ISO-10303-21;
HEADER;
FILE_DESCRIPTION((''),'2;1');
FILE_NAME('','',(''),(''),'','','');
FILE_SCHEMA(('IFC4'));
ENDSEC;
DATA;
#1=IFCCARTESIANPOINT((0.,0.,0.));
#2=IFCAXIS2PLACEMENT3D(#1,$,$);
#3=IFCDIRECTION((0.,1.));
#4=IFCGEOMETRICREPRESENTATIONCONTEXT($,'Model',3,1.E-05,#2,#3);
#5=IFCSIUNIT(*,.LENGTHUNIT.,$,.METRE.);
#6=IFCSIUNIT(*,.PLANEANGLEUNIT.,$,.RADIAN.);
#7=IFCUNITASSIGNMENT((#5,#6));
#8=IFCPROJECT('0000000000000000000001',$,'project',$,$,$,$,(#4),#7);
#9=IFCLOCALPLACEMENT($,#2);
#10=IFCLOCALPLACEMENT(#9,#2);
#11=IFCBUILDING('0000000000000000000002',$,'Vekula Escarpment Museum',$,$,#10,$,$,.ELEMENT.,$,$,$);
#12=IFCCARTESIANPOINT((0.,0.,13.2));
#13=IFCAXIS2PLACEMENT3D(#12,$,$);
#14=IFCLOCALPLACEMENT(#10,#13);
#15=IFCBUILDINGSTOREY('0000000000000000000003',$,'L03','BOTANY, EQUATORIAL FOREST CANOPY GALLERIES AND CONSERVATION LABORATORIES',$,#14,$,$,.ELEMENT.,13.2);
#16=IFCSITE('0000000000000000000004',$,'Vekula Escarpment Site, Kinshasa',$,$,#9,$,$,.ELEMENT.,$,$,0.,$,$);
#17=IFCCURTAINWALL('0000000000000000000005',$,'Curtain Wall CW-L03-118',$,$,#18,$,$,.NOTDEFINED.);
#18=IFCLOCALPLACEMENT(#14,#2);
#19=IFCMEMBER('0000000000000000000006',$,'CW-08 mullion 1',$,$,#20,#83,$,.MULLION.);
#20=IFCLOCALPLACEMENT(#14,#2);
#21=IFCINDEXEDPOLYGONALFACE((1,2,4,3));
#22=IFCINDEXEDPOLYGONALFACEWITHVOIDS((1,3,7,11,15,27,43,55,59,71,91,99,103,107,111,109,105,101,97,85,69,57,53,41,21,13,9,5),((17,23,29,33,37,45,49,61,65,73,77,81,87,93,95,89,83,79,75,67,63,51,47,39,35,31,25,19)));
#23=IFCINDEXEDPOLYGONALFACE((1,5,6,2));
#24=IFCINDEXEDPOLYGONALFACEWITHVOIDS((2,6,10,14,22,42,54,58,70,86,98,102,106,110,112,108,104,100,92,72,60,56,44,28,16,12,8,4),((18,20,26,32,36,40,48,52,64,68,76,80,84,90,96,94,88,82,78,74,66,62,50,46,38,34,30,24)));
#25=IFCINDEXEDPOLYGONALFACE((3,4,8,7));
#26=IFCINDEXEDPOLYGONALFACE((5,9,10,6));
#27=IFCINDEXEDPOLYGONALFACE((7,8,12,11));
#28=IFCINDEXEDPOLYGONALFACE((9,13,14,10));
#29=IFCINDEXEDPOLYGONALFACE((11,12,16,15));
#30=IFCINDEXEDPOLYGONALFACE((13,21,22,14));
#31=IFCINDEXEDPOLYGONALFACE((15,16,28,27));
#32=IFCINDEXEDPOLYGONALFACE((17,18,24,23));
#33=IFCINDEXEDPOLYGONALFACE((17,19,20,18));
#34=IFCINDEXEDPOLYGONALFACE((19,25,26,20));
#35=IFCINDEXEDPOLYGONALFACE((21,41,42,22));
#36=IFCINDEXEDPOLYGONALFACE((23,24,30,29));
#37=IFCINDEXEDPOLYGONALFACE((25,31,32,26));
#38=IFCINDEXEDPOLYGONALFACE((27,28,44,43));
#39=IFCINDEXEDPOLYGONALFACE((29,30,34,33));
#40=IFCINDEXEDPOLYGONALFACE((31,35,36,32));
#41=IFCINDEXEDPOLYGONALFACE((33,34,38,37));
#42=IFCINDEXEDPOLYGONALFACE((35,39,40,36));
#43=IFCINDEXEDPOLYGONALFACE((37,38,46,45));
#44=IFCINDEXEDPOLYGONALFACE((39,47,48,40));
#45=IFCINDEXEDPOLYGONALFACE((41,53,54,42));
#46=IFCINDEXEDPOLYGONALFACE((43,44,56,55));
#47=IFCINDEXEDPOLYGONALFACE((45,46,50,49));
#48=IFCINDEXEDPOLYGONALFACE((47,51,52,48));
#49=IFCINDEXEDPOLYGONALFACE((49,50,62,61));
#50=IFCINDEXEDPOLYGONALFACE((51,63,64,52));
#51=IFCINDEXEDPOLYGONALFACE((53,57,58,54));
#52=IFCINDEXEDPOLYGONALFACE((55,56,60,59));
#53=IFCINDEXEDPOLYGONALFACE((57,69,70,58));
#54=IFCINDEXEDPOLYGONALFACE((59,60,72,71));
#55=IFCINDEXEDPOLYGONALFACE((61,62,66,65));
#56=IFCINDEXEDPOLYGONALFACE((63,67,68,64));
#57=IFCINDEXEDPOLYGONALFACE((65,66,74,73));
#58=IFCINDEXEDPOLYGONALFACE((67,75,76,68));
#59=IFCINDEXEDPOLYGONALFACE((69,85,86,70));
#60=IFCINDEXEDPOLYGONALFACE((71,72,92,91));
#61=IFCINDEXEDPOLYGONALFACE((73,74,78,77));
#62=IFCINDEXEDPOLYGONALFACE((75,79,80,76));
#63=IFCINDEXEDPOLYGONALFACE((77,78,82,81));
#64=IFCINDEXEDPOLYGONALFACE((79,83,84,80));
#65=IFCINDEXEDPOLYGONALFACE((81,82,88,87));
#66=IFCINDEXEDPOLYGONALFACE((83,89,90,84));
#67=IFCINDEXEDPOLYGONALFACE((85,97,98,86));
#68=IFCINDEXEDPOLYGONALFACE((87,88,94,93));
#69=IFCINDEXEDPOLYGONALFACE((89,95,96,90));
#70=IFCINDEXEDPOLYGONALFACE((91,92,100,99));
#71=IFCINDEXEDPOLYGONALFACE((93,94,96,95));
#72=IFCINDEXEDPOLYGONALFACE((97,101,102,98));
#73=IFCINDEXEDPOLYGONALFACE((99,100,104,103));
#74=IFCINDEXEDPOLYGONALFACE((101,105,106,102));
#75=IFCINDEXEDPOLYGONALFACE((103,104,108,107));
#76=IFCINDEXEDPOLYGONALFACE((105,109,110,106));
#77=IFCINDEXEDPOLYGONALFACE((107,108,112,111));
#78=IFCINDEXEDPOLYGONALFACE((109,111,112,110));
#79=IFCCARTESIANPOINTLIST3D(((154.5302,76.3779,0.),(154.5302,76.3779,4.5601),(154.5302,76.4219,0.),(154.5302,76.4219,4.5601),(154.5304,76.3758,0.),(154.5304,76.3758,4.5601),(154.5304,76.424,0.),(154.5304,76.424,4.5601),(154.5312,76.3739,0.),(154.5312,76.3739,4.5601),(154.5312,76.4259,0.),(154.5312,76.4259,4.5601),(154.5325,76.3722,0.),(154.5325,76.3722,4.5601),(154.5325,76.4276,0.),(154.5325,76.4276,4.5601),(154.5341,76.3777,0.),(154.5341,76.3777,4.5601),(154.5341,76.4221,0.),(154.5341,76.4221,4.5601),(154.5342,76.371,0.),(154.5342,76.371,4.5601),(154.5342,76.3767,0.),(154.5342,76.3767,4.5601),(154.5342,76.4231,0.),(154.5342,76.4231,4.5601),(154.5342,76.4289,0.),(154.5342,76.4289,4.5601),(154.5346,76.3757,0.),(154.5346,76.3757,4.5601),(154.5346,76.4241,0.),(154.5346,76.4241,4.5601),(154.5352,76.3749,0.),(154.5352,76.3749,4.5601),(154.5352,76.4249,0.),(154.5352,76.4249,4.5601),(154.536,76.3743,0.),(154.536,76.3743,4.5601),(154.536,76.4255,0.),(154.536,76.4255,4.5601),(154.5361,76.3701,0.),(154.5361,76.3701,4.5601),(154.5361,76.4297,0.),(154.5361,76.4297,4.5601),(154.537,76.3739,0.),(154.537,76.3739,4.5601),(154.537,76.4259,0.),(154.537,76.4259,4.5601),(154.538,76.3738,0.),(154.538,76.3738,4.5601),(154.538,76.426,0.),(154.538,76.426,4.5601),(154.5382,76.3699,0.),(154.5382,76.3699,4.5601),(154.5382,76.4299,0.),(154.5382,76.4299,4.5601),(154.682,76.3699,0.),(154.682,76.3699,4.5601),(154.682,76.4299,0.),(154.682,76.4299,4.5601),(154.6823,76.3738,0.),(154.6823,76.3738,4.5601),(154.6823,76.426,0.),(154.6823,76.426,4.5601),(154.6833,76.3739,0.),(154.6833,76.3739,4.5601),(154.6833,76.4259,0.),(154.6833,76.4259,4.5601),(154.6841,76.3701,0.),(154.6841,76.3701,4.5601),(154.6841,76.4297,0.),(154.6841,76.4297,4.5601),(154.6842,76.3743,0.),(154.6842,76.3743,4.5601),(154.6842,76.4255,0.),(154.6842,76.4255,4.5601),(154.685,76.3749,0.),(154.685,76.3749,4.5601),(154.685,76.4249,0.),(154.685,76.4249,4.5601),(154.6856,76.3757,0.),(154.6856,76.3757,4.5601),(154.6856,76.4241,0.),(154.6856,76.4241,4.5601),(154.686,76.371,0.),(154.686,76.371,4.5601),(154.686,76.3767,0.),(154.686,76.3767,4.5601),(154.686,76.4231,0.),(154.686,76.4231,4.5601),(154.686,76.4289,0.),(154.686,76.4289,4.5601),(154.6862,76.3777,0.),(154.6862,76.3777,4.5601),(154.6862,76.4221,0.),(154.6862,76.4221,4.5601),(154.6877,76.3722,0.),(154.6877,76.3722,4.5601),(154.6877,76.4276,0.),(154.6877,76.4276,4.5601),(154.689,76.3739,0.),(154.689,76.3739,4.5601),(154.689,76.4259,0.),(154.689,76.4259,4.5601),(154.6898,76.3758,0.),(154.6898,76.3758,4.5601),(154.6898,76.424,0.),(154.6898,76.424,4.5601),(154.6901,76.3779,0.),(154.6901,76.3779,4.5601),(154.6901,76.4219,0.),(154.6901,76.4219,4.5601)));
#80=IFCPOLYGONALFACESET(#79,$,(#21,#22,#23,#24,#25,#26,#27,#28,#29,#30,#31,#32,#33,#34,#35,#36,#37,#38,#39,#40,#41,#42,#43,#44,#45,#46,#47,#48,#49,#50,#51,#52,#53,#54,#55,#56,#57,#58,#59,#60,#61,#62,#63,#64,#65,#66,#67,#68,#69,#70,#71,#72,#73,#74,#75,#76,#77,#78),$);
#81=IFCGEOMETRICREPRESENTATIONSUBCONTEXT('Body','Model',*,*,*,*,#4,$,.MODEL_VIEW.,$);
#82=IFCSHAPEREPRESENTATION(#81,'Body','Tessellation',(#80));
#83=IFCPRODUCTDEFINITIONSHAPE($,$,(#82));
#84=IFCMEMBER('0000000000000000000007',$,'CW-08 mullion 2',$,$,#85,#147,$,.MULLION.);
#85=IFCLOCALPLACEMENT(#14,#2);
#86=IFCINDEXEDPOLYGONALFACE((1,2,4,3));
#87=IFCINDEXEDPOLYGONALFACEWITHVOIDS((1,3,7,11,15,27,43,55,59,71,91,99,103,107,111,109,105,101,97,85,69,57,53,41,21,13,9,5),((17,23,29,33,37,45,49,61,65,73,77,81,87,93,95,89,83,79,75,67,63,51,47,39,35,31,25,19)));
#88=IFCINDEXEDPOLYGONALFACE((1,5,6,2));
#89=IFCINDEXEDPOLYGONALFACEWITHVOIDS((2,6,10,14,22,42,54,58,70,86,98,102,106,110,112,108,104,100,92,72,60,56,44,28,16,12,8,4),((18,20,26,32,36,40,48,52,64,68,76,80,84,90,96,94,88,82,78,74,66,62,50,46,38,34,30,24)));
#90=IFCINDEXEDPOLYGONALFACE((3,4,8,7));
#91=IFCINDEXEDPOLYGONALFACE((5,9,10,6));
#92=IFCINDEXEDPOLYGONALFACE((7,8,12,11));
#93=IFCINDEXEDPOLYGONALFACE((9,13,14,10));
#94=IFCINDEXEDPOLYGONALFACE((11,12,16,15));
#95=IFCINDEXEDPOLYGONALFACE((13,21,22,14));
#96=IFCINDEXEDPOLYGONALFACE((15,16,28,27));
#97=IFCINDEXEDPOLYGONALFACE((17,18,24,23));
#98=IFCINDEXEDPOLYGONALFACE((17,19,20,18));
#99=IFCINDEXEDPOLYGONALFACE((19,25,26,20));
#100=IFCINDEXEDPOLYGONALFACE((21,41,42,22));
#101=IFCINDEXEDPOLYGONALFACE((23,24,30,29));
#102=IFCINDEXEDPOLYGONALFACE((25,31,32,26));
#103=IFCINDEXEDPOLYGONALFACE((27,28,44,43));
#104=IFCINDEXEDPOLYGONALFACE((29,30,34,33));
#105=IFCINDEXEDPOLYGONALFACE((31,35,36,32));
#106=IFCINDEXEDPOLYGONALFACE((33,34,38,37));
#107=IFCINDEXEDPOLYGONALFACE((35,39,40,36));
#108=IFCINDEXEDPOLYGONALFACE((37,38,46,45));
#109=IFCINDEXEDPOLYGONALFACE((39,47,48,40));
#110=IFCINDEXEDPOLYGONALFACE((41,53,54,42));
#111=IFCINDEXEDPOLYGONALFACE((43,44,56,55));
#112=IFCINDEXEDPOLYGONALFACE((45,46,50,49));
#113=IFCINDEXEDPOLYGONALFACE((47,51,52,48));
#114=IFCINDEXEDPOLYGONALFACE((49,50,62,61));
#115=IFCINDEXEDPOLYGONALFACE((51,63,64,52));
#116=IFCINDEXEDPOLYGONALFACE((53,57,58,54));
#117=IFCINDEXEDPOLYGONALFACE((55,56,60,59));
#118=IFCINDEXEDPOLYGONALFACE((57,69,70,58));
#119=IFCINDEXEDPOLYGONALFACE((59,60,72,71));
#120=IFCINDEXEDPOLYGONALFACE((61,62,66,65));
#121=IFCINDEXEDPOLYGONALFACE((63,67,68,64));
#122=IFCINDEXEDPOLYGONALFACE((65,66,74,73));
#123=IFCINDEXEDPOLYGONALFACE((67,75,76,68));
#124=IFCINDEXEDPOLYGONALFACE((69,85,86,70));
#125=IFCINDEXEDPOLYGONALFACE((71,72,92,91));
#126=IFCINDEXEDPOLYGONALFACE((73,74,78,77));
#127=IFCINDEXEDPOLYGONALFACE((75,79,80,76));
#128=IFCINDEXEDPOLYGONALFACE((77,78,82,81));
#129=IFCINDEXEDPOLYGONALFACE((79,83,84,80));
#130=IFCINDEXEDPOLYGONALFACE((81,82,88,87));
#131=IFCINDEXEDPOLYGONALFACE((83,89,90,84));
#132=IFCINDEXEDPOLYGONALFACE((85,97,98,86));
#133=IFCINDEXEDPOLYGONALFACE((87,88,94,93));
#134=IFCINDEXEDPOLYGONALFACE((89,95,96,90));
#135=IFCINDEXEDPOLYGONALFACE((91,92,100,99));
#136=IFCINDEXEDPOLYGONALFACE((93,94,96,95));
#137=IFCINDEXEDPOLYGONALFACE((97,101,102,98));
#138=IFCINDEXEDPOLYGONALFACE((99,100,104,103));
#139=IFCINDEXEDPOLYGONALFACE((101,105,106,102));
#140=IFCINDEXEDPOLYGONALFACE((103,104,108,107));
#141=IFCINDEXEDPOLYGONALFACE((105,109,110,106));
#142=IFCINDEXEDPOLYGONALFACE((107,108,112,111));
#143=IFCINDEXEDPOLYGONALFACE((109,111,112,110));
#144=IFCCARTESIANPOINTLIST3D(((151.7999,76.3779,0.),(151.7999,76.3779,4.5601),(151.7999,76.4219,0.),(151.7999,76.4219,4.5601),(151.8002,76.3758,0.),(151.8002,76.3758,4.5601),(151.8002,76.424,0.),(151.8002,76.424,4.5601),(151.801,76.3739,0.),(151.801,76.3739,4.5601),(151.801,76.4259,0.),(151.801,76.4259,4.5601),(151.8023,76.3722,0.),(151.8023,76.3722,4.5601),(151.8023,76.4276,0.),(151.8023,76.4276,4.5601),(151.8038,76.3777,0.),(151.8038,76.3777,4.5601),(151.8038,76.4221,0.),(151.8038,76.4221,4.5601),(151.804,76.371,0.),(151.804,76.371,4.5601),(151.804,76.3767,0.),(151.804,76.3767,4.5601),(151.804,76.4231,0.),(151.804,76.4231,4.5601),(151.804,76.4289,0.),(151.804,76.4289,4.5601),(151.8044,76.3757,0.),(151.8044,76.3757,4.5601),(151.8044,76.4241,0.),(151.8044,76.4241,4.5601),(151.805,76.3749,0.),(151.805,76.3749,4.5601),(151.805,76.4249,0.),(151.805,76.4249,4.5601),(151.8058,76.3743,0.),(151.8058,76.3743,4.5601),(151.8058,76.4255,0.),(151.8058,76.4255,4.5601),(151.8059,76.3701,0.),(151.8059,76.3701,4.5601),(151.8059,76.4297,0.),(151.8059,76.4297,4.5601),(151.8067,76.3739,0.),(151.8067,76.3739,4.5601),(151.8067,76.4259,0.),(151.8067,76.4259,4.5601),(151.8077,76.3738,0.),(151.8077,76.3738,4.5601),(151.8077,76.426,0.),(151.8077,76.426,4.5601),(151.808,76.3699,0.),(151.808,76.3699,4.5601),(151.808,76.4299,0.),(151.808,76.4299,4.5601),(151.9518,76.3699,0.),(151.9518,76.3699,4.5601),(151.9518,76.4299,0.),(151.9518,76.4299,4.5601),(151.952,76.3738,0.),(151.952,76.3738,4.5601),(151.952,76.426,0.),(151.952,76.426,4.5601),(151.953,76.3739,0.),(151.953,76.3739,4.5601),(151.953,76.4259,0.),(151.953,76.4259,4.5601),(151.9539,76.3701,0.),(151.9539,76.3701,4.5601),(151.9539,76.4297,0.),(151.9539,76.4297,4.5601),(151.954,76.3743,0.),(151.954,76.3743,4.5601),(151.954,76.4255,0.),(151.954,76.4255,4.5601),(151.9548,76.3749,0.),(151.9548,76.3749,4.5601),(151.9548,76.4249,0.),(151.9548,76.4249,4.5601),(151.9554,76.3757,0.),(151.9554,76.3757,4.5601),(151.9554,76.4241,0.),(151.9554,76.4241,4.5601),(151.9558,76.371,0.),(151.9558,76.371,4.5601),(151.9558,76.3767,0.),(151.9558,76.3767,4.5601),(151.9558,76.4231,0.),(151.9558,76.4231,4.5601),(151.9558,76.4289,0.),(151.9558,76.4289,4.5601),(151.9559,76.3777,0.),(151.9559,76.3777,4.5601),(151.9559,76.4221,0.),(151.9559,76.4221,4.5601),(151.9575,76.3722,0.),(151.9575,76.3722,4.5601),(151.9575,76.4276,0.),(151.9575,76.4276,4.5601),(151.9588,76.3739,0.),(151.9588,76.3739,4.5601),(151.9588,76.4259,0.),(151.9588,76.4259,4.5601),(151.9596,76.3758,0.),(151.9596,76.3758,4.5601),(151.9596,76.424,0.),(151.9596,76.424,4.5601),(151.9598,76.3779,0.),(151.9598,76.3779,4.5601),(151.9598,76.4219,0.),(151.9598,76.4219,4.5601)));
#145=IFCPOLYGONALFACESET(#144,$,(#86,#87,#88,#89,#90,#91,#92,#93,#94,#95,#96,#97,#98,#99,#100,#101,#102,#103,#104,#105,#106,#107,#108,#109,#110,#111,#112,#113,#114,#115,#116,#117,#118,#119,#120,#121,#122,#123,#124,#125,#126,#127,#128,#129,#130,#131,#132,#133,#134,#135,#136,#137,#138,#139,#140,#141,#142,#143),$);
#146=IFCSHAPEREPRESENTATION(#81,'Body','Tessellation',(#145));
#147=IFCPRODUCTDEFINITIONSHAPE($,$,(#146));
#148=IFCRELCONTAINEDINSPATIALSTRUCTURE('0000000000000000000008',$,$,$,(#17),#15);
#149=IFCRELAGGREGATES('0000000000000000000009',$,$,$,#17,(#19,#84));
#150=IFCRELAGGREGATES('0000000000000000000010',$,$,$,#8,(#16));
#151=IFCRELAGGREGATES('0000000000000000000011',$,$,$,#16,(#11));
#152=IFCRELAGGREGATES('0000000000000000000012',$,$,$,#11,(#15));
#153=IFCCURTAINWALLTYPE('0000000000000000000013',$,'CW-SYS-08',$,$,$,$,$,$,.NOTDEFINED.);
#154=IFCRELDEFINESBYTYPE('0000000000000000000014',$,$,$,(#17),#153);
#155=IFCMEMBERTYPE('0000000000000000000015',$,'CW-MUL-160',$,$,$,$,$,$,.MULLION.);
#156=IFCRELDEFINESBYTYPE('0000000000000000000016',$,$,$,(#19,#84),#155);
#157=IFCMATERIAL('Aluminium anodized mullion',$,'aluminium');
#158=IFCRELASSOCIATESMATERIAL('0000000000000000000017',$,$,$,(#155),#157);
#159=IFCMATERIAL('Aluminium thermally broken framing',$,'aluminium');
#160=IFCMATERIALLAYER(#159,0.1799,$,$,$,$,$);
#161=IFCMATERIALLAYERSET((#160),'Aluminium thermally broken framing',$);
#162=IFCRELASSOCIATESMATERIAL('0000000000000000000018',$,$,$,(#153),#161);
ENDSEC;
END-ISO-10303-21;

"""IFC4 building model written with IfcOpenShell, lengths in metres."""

from ifc_helpers import new_model, si_unit, direction, frame, origin, origin_2d, place, context, subcontext, project, spatial, hollow_rectangle, extrude, material, layer, layer_set, material_profile, profile_set, type_object, element, aggregate, save


model = new_model("IFC4")

# Units and contexts
model_context = context("Model", 3, precision=1e-05, world=origin(), true_north=direction((0.0, 1.0)))
body_context = subcontext(model_context, "Body", "Model", "MODEL_VIEW")
ifc_project = project(units=[si_unit("LENGTHUNIT", "METRE"), si_unit("PLANEANGLEUNIT", "RADIAN")], contexts=[model_context])

# Site, building, storey
site_placement = place(None, origin())
site = spatial("IfcSite", under=ifc_project, at=site_placement, Name="Vekula Escarpment Site, Kinshasa", CompositionType="ELEMENT", RefElevation=0.0)
building_placement = place(site_placement, origin())
building = spatial("IfcBuilding", under=site, at=building_placement, Name="Vekula Escarpment Museum", CompositionType="ELEMENT")
storey_placement = place(building_placement, frame((0.0, 0.0, 13.2)))
storey = spatial("IfcBuildingStorey", under=building, at=storey_placement, Name="L03", Description="BOTANY, EQUATORIAL FOREST CANOPY GALLERIES AND CONSERVATION LABORATORIES", CompositionType="ELEMENT", Elevation=13.2)

# Curtain wall, members
ifc_material_1 = material(Name="Aluminium anodized mullion", Category="aluminium")
ifc_material_profile_1 = material_profile(ifc_material_1, hollow_rectangle(XDim=0.0601, YDim=0.1599, WallThickness=0.0039, InnerFilletRadius=0.0039, OuterFilletRadius=0.0081, at=origin_2d()), Name="ALU 160x60x4")
ifc_profile_set_1 = profile_set([ifc_material_profile_1], Name="Aluminium anodized mullion")
member_type_1 = type_object("IfcMemberType", Name="CW-MUL-160", PredefinedType="MULLION", material=ifc_profile_set_1)
ifc_material_2 = material(Name="Aluminium thermally broken framing", Category="aluminium")
ifc_layer_1 = layer(ifc_material_2, 0.1799)
ifc_layer_set_1 = layer_set([ifc_layer_1], Name="Aluminium thermally broken framing")
curtain_wall_type_1 = type_object("IfcCurtainWallType", Name="CW-SYS-08", PredefinedType="NOTDEFINED", material=ifc_layer_set_1)
curtain_wall_1_placement = place(storey_placement, origin())
curtain_wall_1 = element("IfcCurtainWall", 1, at=curtain_wall_1_placement, inside=storey, type_object=curtain_wall_type_1, Name="Curtain Wall CW-L03-118", PredefinedType="NOTDEFINED")
member_1_placement = place(storey_placement, frame((154.6101, 76.3999, 0.0), z_axis=(0.0, 0.0, 1.0), x_axis=(0.0, -1.0, 0.0)))
member_1 = element("IfcMember", 2, at=member_1_placement, type_object=member_type_1, Name="CW-08 mullion 1", PredefinedType="MULLION", context=body_context, shape_type="SweptSolid", body=[
    extrude(hollow_rectangle(XDim=0.0601, YDim=0.1599, WallThickness=0.0039, InnerFilletRadius=0.0039, OuterFilletRadius=0.0081, at=origin_2d()), origin(), (0.0, 0.0, 1.0), 4.5601),
])
member_2_placement = place(storey_placement, frame((151.8799, 76.3999, 0.0), z_axis=(0.0, 0.0, 1.0), x_axis=(0.0, -1.0, 0.0)))
member_2 = element("IfcMember", 3, at=member_2_placement, type_object=member_type_1, Name="CW-08 mullion 2", PredefinedType="MULLION", context=body_context, shape_type="SweptSolid", body=[
    extrude(hollow_rectangle(XDim=0.0601, YDim=0.1599, WallThickness=0.0039, InnerFilletRadius=0.0039, OuterFilletRadius=0.0081, at=origin_2d()), origin(), (0.0, 0.0, 1.0), 4.5601),
])

aggregate(curtain_wall_1, [member_1, member_2])

save(model, "model.ifc")
